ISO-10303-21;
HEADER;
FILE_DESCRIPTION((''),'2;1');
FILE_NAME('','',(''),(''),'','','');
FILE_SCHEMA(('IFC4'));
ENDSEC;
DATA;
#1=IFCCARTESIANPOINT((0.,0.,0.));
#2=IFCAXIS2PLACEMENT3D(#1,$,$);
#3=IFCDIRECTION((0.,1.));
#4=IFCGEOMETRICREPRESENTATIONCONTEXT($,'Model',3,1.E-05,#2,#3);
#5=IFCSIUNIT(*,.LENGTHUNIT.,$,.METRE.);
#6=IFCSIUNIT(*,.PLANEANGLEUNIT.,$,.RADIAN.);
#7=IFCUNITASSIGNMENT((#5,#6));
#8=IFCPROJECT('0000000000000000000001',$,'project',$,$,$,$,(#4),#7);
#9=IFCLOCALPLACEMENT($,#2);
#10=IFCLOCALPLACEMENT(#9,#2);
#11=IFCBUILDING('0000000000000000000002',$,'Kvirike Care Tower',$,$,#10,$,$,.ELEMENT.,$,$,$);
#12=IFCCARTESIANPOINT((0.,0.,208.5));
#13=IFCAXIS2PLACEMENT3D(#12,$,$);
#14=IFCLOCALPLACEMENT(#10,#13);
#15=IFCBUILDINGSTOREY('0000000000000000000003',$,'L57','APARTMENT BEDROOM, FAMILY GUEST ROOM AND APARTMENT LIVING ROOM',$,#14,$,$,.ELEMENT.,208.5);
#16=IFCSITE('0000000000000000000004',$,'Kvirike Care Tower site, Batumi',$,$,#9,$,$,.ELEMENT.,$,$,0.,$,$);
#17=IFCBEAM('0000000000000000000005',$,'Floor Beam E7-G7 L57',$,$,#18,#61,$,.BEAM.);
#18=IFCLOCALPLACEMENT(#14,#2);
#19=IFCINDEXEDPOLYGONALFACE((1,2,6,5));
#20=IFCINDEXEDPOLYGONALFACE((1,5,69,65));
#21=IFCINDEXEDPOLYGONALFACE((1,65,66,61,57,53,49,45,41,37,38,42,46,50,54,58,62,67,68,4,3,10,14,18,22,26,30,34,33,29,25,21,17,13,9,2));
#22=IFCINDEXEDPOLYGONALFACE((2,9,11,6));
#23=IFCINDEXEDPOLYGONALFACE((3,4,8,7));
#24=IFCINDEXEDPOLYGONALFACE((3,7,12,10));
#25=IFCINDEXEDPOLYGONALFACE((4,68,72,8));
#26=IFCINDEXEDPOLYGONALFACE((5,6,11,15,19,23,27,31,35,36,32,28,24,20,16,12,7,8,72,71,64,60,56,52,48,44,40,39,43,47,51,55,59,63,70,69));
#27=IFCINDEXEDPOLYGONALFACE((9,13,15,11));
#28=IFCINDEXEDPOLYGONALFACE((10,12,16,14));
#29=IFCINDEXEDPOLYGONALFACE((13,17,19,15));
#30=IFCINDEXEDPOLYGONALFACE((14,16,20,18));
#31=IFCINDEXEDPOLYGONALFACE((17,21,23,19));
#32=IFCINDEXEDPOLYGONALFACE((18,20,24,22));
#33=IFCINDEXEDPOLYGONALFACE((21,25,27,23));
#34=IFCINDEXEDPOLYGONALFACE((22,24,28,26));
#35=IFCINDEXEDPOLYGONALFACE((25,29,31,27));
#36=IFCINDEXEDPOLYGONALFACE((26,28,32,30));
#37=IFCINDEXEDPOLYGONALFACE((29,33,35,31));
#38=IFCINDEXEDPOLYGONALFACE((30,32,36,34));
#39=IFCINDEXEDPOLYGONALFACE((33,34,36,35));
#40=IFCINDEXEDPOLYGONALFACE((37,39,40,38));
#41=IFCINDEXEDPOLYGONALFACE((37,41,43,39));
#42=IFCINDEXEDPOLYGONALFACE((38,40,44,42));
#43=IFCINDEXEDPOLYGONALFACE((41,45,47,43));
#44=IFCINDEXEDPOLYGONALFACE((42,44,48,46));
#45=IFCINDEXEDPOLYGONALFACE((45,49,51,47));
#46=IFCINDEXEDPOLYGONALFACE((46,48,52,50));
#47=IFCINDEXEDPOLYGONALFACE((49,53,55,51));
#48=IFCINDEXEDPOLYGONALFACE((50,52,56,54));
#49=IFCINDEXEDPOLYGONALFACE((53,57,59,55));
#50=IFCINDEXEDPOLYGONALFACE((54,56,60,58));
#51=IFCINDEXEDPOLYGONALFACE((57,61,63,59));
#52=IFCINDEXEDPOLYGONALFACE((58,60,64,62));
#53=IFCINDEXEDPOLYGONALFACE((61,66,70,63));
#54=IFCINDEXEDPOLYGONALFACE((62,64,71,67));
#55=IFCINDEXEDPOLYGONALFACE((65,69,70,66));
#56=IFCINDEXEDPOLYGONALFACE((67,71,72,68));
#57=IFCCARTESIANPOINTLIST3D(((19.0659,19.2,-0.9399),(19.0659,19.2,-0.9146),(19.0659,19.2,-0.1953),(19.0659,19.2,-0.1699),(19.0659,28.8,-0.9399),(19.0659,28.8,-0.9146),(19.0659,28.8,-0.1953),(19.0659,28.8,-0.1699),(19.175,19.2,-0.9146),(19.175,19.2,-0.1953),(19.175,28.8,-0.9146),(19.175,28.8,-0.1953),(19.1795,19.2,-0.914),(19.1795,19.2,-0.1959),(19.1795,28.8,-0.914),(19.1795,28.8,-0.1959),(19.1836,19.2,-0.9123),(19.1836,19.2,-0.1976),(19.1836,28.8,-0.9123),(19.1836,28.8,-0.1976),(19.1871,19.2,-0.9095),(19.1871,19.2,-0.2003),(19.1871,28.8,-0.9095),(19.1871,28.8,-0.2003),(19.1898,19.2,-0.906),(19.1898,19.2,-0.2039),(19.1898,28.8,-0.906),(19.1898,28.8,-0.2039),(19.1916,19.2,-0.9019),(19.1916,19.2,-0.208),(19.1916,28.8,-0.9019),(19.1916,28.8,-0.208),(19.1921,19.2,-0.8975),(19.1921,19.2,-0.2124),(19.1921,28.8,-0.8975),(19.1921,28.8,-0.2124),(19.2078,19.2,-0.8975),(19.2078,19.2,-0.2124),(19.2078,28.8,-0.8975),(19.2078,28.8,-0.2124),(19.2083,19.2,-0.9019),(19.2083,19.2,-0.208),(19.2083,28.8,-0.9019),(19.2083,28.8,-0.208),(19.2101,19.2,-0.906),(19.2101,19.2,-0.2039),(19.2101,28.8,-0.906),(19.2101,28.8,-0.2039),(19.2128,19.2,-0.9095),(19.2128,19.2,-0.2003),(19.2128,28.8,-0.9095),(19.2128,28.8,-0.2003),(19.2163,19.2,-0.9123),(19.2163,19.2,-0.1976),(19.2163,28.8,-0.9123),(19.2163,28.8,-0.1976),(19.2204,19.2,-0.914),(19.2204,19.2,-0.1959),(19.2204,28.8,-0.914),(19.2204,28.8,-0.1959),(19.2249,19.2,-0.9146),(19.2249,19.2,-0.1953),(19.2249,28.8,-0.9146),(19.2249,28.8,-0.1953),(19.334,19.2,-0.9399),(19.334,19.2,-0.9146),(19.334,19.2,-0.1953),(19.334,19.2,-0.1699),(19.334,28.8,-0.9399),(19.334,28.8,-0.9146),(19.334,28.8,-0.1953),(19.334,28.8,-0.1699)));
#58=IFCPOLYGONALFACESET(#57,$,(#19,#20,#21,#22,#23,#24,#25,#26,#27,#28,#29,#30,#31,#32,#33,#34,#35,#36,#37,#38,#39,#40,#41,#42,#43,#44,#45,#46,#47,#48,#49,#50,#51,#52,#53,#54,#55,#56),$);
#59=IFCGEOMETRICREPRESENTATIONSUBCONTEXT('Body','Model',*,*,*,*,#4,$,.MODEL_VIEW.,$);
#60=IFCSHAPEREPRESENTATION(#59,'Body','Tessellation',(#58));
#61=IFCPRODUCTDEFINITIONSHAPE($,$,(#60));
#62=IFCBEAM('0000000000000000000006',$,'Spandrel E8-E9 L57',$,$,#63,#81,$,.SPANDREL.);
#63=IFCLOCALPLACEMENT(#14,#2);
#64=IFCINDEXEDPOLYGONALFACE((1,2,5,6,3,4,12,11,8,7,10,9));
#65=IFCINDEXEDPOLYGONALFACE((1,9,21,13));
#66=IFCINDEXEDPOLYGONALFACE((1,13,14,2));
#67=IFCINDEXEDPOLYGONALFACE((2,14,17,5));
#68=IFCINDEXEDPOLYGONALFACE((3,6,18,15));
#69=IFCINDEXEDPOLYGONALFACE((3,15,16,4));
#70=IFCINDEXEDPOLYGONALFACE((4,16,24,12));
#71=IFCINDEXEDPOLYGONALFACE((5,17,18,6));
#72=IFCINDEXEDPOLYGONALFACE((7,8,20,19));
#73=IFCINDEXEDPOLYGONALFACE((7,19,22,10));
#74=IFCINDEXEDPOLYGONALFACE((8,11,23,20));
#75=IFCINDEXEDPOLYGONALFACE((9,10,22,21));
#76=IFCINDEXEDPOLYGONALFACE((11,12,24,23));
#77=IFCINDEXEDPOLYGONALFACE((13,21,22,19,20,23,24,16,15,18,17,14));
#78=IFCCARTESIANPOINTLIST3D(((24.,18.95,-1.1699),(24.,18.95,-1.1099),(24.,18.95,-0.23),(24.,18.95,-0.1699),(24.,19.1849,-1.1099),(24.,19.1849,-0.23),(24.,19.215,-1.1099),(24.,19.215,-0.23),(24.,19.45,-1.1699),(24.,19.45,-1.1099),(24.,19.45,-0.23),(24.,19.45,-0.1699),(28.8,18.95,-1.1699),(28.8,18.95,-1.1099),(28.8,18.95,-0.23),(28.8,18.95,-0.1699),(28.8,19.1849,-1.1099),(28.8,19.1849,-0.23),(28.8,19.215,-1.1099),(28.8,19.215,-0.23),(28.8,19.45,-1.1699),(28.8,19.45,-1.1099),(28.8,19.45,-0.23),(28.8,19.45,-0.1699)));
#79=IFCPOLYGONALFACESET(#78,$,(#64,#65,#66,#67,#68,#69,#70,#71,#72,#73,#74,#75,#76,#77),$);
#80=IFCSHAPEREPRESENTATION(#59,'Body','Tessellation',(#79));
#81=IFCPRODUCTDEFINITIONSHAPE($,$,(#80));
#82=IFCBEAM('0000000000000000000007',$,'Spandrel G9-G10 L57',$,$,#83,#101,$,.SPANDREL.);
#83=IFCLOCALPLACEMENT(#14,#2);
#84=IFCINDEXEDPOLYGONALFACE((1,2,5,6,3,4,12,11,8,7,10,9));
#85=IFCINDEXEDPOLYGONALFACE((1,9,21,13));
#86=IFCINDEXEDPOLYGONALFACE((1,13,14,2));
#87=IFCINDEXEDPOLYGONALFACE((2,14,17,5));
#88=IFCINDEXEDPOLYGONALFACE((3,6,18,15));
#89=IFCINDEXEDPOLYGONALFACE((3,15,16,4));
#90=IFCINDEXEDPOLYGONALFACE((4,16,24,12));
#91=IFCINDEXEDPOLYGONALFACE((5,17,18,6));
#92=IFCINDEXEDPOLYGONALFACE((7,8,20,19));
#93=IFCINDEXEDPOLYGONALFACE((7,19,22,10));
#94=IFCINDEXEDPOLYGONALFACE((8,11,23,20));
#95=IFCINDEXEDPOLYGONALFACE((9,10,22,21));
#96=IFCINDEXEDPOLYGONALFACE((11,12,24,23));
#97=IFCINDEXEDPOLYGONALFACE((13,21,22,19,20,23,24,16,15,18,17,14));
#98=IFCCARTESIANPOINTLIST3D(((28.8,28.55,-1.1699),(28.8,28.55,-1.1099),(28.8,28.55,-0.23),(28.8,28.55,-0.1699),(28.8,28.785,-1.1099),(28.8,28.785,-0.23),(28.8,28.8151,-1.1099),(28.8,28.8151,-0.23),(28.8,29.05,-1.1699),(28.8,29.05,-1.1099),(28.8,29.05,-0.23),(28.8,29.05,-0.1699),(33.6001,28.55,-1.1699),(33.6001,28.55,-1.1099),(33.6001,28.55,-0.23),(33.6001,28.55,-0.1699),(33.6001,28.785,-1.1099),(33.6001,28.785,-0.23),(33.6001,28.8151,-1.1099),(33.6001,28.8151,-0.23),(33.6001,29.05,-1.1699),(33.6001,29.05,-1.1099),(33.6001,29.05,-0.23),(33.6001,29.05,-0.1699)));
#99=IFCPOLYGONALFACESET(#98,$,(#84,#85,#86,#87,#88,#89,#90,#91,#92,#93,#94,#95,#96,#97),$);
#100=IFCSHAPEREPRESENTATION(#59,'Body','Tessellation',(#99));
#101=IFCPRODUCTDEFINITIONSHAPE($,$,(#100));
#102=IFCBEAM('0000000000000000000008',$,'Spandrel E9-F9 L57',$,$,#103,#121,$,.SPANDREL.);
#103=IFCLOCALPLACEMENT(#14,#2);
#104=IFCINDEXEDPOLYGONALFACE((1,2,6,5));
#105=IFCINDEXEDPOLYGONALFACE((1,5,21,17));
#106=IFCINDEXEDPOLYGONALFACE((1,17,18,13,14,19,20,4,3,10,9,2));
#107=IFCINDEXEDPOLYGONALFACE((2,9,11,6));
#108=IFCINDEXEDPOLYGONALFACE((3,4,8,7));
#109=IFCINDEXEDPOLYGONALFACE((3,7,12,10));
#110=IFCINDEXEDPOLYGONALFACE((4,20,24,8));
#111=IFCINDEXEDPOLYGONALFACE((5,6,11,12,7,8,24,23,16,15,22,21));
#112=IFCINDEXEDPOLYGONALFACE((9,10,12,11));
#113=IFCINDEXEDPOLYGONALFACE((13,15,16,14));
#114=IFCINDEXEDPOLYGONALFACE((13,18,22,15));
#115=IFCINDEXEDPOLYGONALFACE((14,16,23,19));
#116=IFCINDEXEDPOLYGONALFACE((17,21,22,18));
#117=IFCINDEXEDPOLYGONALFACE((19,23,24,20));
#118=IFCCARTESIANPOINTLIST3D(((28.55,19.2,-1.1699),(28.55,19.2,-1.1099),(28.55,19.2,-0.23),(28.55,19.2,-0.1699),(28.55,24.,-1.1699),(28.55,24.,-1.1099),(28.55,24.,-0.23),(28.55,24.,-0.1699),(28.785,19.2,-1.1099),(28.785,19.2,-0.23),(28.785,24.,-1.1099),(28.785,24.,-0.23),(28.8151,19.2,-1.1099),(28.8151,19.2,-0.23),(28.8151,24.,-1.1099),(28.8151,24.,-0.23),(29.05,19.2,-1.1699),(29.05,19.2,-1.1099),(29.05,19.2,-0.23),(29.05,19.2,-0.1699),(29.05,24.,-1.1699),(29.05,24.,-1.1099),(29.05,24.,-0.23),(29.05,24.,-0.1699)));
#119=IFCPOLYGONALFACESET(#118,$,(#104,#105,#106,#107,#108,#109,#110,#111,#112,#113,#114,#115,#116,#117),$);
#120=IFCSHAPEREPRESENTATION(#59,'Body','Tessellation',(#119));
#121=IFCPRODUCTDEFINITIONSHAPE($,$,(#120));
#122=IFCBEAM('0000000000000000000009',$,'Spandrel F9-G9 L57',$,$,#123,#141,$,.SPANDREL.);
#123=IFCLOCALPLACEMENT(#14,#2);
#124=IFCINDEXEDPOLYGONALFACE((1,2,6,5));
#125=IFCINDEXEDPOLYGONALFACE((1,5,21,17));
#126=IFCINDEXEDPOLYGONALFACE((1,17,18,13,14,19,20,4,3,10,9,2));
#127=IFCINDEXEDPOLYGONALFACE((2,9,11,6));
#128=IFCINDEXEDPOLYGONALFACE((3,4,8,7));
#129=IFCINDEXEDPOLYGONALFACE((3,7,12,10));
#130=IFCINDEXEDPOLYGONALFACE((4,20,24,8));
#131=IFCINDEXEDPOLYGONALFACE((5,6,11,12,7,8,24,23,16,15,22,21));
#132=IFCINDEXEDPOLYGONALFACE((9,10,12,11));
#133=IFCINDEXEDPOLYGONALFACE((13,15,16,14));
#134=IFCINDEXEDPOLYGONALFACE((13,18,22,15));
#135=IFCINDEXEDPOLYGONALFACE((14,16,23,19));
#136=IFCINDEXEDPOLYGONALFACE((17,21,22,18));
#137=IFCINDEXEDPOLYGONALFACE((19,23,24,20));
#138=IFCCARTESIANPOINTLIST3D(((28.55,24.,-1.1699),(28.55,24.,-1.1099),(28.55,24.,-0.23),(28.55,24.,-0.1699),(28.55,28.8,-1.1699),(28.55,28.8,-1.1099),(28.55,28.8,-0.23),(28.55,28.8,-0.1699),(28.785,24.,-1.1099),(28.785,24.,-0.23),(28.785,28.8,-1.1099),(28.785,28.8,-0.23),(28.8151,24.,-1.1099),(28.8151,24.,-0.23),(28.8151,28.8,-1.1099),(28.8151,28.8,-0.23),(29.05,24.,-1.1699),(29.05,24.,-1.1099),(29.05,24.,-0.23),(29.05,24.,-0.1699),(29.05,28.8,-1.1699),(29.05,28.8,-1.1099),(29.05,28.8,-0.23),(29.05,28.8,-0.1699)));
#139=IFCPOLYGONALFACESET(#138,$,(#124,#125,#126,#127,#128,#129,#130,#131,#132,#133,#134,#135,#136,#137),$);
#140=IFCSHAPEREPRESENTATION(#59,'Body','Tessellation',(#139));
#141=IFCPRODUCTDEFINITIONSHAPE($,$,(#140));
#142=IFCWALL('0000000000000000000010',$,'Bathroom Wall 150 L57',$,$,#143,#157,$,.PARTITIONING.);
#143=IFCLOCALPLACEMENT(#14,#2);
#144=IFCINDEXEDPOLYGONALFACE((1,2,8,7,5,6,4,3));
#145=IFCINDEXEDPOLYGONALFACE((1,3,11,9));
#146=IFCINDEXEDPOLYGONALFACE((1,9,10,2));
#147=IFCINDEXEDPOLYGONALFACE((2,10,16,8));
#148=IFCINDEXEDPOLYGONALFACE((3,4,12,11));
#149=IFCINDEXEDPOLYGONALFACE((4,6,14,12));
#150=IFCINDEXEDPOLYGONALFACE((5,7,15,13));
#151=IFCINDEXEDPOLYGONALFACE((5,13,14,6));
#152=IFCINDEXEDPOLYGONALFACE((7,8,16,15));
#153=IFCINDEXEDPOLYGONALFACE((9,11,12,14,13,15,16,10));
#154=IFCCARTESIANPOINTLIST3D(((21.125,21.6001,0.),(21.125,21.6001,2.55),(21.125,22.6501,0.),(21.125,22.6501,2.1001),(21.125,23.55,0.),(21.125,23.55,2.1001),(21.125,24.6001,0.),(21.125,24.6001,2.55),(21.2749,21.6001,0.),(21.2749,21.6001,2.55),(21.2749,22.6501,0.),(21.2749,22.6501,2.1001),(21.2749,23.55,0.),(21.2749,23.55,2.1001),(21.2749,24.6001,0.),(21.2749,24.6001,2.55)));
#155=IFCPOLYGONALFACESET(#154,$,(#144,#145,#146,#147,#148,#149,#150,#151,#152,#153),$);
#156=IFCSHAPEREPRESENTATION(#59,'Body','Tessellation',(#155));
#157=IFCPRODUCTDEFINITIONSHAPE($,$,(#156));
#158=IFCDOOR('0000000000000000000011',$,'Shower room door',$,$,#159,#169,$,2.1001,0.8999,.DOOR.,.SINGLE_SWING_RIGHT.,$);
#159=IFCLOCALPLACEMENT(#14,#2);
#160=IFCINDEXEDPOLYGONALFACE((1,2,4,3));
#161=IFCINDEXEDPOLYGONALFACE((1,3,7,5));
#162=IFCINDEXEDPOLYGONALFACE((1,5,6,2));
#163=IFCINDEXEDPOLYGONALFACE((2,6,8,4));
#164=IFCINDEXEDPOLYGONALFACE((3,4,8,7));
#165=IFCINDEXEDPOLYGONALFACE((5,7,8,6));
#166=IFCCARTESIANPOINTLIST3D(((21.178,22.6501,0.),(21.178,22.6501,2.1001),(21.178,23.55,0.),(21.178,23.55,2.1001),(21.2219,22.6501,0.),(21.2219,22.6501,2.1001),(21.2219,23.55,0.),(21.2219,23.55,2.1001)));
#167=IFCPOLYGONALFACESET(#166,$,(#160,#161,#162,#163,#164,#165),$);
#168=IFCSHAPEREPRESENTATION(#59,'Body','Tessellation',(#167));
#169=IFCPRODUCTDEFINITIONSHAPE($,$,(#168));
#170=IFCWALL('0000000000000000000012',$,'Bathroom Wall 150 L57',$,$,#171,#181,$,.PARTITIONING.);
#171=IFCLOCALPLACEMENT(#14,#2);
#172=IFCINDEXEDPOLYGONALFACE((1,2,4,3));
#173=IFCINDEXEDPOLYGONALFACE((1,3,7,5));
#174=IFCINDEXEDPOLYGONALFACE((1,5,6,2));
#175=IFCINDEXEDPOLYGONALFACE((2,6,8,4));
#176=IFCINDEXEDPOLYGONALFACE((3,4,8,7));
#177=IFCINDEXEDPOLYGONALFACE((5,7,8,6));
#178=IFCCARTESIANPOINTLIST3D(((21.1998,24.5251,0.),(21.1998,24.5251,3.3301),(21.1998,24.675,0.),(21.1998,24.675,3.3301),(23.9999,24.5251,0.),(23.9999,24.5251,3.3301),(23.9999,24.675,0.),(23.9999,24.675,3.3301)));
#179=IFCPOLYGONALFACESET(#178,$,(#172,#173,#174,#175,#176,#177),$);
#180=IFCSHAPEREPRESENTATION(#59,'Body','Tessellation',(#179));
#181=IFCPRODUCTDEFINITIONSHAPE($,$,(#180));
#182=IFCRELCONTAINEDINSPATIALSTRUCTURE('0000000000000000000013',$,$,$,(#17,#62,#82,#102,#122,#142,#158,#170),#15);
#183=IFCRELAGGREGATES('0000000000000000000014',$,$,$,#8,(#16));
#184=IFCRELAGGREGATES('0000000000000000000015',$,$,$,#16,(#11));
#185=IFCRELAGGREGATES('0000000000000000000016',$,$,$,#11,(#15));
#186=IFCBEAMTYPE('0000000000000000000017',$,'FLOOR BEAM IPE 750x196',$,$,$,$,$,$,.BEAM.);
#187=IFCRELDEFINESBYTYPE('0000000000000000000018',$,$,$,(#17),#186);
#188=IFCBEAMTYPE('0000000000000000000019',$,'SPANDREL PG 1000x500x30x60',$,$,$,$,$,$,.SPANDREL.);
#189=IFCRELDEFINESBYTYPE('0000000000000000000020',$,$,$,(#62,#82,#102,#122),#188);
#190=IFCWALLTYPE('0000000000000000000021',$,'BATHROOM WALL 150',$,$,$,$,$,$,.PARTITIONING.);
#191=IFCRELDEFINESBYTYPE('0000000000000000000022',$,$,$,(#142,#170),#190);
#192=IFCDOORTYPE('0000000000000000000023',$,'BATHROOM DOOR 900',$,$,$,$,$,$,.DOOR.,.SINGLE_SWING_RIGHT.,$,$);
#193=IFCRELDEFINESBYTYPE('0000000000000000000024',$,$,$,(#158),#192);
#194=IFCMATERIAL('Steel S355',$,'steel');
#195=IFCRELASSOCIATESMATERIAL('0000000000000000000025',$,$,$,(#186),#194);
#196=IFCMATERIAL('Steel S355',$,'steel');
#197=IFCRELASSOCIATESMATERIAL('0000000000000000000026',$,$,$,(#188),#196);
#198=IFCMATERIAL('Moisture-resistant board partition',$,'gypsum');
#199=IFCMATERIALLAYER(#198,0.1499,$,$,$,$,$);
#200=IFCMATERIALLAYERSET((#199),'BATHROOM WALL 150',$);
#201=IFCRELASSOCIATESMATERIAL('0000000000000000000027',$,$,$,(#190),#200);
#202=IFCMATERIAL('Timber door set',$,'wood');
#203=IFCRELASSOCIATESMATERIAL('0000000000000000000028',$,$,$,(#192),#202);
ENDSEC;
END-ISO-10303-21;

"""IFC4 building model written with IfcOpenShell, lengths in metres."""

from ifc_helpers import new_model, si_unit, direction, frame, frame_2d, origin, origin_2d, place, context, subcontext, project, spatial, rectangle, i_section, extrude, material, layer, layer_set, material_profile, profile_set, type_object, element, fill, save


model = new_model("IFC4")

# Units and contexts
model_context = context("Model", 3, precision=1e-05, world=origin(), true_north=direction((0.0, 1.0)))
body_context = subcontext(model_context, "Body", "Model", "MODEL_VIEW")
ifc_project = project(units=[si_unit("LENGTHUNIT", "METRE"), si_unit("PLANEANGLEUNIT", "RADIAN")], contexts=[model_context])

# Site, building, storey
site_placement = place(None, origin())
site = spatial("IfcSite", under=ifc_project, at=site_placement, Name="Kvirike Care Tower site, Batumi", CompositionType="ELEMENT", RefElevation=0.0)
building_placement = place(site_placement, origin())
building = spatial("IfcBuilding", under=site, at=building_placement, Name="Kvirike Care Tower", CompositionType="ELEMENT")
storey_placement = place(building_placement, frame((0.0, 0.0, 208.5)))
storey = spatial("IfcBuildingStorey", under=building, at=storey_placement, Name="L57", Description="APARTMENT BEDROOM, FAMILY GUEST ROOM AND APARTMENT LIVING ROOM", CompositionType="ELEMENT", Elevation=208.5)

# Beams
ifc_material_1 = material(Name="Steel S355", Category="steel")
ifc_material_profile_1 = material_profile(ifc_material_1, i_section(OverallWidth=0.2681, OverallDepth=0.77, WebThickness=0.0156, FlangeThickness=0.0254, FilletRadius=0.0171, at=origin_2d()), Name="IPE 750x196")
ifc_profile_set_1 = profile_set([ifc_material_profile_1], Name="Steel S355")
beam_type_1 = type_object("IfcBeamType", Name="FLOOR BEAM IPE 750x196", PredefinedType="BEAM", material=ifc_profile_set_1)
for number, where, z_axis, x_axis, name in (
    (1, (19.2, 19.2, -0.5549), (0.0, 1.0, 0.0), (-1.0, 0.0, 0.0), "Floor Beam E7-G7 L57"),
):
    element("IfcBeam", number, at=place(storey_placement, frame(where, z_axis=z_axis, x_axis=x_axis)), inside=storey, type_object=beam_type_1, Name=name, PredefinedType="BEAM", context=body_context, shape_type="SweptSolid", body=[
        extrude(i_section(OverallWidth=0.2681, OverallDepth=0.77, WebThickness=0.0156, FlangeThickness=0.0254, FilletRadius=0.0171, at=origin_2d()), origin(), (0.0, 0.0, 1.0), 9.6001),
    ])
ifc_material_2 = material(Name="Steel S355", Category="steel")
ifc_material_profile_2 = material_profile(ifc_material_2, i_section(OverallWidth=0.5, OverallDepth=1.0, WebThickness=0.03, FlangeThickness=0.0601, at=origin_2d()), Name="PG 1000x500x30x60")
ifc_profile_set_2 = profile_set([ifc_material_profile_2], Name="Steel S355")
beam_type_2 = type_object("IfcBeamType", Name="SPANDREL PG 1000x500x30x60", PredefinedType="SPANDREL", material=ifc_profile_set_2)
for number, where, z_axis, x_axis, name in (
    (2, (24.0, 19.2, -0.6699), (1.0, 0.0, 0.0), (0.0, 1.0, 0.0), "Spandrel E8-E9 L57"),
    (3, (28.8, 28.8, -0.6699), (1.0, 0.0, 0.0), (0.0, 1.0, 0.0), "Spandrel G9-G10 L57"),
    (4, (28.8, 19.2, -0.6699), (0.0, 1.0, 0.0), (-1.0, 0.0, 0.0), "Spandrel E9-F9 L57"),
    (5, (28.8, 24.0, -0.6699), (0.0, 1.0, 0.0), (-1.0, 0.0, 0.0), "Spandrel F9-G9 L57"),
):
    element("IfcBeam", number, at=place(storey_placement, frame(where, z_axis=z_axis, x_axis=x_axis)), inside=storey, type_object=beam_type_2, Name=name, PredefinedType="SPANDREL", context=body_context, shape_type="SweptSolid", body=[
        extrude(i_section(OverallWidth=0.5, OverallDepth=1.0, WebThickness=0.03, FlangeThickness=0.0601, at=origin_2d()), origin(), (0.0, 0.0, 1.0), 4.8),
    ])

# Wall, opening, door
ifc_material_3 = material(Name="Moisture-resistant board partition", Category="gypsum")
ifc_layer_1 = layer(ifc_material_3, 0.1499)
ifc_layer_set_1 = layer_set([ifc_layer_1], Name="BATHROOM WALL 150")
wall_type_1 = type_object("IfcWallType", Name="BATHROOM WALL 150", PredefinedType="PARTITIONING", material=ifc_layer_set_1)
wall_1_placement = place(storey_placement, frame((21.2, 21.6001, 0.0), z_axis=(0.0, 0.0, 1.0), x_axis=(0.0, 1.0, 0.0)))
wall_1 = element("IfcWall", 6, at=wall_1_placement, inside=storey, type_object=wall_type_1, Name="Bathroom Wall 150 L57", PredefinedType="PARTITIONING", context=body_context, shape_type="SweptSolid", body=[
    extrude(rectangle(XDim=3.0, YDim=0.1499, at=frame_2d((1.5, 0.0))), origin(), (0.0, 0.0, 1.0), 2.55),
])
opening_1_placement = place(wall_1_placement, frame((1.05, 0.0, 0.0)))
opening_1 = element("IfcOpeningElement", 7, at=opening_1_placement, cuts=wall_1, PredefinedType="OPENING", context=body_context, shape_type="SweptSolid", body=[
    extrude(rectangle(XDim=0.8999, YDim=2.1001, at=frame_2d((0.45, 1.05))), frame((0.0, 0.0854, 0.0), z_axis=(0.0, -1.0, 0.0), x_axis=(1.0, 0.0, 0.0)), (0.0, 0.0, 1.0), 0.1709),
])
ifc_material_4 = material(Name="Timber door set", Category="wood")
door_type_1 = type_object("IfcDoorType", Name="BATHROOM DOOR 900", OperationType="SINGLE_SWING_RIGHT", PredefinedType="DOOR", material=ifc_material_4)
door_1_placement = place(opening_1_placement, frame((0.8999, 0.0, 0.0), z_axis=(0.0, 0.0, 1.0), x_axis=(-1.0, 0.0, 0.0)))
door_1 = element("IfcDoor", 8, at=door_1_placement, inside=storey, type_object=door_type_1, Name="Shower room door", OperationType="SINGLE_SWING_RIGHT", OverallHeight=2.1001, OverallWidth=0.8999, PredefinedType="DOOR", context=body_context, shape_type="SweptSolid", body=[
    extrude(rectangle(XDim=0.8999, YDim=2.1001, at=frame_2d((0.45, 1.05))), frame((0.0, 0.022, 0.0), z_axis=(0.0, -1.0, 0.0), x_axis=(1.0, 0.0, 0.0)), (0.0, 0.0, 1.0), 0.0439),
])
fill(opening_1, door_1)

# Wall
wall_2_placement = place(storey_placement, frame((21.2, 24.6001, 0.0), z_axis=(0.0, 0.0, 1.0), x_axis=(1.0, 0.0, 0.0)))
element("IfcWall", 9, at=wall_2_placement, inside=storey, type_object=wall_type_1, Name="Bathroom Wall 150 L57", PredefinedType="PARTITIONING", context=body_context, shape_type="SweptSolid", body=[
    extrude(rectangle(XDim=2.8, YDim=0.1499, at=frame_2d((1.3999, 0.0))), origin(), (0.0, 0.0, 1.0), 3.3301),
])

save(model, "model.ifc")
